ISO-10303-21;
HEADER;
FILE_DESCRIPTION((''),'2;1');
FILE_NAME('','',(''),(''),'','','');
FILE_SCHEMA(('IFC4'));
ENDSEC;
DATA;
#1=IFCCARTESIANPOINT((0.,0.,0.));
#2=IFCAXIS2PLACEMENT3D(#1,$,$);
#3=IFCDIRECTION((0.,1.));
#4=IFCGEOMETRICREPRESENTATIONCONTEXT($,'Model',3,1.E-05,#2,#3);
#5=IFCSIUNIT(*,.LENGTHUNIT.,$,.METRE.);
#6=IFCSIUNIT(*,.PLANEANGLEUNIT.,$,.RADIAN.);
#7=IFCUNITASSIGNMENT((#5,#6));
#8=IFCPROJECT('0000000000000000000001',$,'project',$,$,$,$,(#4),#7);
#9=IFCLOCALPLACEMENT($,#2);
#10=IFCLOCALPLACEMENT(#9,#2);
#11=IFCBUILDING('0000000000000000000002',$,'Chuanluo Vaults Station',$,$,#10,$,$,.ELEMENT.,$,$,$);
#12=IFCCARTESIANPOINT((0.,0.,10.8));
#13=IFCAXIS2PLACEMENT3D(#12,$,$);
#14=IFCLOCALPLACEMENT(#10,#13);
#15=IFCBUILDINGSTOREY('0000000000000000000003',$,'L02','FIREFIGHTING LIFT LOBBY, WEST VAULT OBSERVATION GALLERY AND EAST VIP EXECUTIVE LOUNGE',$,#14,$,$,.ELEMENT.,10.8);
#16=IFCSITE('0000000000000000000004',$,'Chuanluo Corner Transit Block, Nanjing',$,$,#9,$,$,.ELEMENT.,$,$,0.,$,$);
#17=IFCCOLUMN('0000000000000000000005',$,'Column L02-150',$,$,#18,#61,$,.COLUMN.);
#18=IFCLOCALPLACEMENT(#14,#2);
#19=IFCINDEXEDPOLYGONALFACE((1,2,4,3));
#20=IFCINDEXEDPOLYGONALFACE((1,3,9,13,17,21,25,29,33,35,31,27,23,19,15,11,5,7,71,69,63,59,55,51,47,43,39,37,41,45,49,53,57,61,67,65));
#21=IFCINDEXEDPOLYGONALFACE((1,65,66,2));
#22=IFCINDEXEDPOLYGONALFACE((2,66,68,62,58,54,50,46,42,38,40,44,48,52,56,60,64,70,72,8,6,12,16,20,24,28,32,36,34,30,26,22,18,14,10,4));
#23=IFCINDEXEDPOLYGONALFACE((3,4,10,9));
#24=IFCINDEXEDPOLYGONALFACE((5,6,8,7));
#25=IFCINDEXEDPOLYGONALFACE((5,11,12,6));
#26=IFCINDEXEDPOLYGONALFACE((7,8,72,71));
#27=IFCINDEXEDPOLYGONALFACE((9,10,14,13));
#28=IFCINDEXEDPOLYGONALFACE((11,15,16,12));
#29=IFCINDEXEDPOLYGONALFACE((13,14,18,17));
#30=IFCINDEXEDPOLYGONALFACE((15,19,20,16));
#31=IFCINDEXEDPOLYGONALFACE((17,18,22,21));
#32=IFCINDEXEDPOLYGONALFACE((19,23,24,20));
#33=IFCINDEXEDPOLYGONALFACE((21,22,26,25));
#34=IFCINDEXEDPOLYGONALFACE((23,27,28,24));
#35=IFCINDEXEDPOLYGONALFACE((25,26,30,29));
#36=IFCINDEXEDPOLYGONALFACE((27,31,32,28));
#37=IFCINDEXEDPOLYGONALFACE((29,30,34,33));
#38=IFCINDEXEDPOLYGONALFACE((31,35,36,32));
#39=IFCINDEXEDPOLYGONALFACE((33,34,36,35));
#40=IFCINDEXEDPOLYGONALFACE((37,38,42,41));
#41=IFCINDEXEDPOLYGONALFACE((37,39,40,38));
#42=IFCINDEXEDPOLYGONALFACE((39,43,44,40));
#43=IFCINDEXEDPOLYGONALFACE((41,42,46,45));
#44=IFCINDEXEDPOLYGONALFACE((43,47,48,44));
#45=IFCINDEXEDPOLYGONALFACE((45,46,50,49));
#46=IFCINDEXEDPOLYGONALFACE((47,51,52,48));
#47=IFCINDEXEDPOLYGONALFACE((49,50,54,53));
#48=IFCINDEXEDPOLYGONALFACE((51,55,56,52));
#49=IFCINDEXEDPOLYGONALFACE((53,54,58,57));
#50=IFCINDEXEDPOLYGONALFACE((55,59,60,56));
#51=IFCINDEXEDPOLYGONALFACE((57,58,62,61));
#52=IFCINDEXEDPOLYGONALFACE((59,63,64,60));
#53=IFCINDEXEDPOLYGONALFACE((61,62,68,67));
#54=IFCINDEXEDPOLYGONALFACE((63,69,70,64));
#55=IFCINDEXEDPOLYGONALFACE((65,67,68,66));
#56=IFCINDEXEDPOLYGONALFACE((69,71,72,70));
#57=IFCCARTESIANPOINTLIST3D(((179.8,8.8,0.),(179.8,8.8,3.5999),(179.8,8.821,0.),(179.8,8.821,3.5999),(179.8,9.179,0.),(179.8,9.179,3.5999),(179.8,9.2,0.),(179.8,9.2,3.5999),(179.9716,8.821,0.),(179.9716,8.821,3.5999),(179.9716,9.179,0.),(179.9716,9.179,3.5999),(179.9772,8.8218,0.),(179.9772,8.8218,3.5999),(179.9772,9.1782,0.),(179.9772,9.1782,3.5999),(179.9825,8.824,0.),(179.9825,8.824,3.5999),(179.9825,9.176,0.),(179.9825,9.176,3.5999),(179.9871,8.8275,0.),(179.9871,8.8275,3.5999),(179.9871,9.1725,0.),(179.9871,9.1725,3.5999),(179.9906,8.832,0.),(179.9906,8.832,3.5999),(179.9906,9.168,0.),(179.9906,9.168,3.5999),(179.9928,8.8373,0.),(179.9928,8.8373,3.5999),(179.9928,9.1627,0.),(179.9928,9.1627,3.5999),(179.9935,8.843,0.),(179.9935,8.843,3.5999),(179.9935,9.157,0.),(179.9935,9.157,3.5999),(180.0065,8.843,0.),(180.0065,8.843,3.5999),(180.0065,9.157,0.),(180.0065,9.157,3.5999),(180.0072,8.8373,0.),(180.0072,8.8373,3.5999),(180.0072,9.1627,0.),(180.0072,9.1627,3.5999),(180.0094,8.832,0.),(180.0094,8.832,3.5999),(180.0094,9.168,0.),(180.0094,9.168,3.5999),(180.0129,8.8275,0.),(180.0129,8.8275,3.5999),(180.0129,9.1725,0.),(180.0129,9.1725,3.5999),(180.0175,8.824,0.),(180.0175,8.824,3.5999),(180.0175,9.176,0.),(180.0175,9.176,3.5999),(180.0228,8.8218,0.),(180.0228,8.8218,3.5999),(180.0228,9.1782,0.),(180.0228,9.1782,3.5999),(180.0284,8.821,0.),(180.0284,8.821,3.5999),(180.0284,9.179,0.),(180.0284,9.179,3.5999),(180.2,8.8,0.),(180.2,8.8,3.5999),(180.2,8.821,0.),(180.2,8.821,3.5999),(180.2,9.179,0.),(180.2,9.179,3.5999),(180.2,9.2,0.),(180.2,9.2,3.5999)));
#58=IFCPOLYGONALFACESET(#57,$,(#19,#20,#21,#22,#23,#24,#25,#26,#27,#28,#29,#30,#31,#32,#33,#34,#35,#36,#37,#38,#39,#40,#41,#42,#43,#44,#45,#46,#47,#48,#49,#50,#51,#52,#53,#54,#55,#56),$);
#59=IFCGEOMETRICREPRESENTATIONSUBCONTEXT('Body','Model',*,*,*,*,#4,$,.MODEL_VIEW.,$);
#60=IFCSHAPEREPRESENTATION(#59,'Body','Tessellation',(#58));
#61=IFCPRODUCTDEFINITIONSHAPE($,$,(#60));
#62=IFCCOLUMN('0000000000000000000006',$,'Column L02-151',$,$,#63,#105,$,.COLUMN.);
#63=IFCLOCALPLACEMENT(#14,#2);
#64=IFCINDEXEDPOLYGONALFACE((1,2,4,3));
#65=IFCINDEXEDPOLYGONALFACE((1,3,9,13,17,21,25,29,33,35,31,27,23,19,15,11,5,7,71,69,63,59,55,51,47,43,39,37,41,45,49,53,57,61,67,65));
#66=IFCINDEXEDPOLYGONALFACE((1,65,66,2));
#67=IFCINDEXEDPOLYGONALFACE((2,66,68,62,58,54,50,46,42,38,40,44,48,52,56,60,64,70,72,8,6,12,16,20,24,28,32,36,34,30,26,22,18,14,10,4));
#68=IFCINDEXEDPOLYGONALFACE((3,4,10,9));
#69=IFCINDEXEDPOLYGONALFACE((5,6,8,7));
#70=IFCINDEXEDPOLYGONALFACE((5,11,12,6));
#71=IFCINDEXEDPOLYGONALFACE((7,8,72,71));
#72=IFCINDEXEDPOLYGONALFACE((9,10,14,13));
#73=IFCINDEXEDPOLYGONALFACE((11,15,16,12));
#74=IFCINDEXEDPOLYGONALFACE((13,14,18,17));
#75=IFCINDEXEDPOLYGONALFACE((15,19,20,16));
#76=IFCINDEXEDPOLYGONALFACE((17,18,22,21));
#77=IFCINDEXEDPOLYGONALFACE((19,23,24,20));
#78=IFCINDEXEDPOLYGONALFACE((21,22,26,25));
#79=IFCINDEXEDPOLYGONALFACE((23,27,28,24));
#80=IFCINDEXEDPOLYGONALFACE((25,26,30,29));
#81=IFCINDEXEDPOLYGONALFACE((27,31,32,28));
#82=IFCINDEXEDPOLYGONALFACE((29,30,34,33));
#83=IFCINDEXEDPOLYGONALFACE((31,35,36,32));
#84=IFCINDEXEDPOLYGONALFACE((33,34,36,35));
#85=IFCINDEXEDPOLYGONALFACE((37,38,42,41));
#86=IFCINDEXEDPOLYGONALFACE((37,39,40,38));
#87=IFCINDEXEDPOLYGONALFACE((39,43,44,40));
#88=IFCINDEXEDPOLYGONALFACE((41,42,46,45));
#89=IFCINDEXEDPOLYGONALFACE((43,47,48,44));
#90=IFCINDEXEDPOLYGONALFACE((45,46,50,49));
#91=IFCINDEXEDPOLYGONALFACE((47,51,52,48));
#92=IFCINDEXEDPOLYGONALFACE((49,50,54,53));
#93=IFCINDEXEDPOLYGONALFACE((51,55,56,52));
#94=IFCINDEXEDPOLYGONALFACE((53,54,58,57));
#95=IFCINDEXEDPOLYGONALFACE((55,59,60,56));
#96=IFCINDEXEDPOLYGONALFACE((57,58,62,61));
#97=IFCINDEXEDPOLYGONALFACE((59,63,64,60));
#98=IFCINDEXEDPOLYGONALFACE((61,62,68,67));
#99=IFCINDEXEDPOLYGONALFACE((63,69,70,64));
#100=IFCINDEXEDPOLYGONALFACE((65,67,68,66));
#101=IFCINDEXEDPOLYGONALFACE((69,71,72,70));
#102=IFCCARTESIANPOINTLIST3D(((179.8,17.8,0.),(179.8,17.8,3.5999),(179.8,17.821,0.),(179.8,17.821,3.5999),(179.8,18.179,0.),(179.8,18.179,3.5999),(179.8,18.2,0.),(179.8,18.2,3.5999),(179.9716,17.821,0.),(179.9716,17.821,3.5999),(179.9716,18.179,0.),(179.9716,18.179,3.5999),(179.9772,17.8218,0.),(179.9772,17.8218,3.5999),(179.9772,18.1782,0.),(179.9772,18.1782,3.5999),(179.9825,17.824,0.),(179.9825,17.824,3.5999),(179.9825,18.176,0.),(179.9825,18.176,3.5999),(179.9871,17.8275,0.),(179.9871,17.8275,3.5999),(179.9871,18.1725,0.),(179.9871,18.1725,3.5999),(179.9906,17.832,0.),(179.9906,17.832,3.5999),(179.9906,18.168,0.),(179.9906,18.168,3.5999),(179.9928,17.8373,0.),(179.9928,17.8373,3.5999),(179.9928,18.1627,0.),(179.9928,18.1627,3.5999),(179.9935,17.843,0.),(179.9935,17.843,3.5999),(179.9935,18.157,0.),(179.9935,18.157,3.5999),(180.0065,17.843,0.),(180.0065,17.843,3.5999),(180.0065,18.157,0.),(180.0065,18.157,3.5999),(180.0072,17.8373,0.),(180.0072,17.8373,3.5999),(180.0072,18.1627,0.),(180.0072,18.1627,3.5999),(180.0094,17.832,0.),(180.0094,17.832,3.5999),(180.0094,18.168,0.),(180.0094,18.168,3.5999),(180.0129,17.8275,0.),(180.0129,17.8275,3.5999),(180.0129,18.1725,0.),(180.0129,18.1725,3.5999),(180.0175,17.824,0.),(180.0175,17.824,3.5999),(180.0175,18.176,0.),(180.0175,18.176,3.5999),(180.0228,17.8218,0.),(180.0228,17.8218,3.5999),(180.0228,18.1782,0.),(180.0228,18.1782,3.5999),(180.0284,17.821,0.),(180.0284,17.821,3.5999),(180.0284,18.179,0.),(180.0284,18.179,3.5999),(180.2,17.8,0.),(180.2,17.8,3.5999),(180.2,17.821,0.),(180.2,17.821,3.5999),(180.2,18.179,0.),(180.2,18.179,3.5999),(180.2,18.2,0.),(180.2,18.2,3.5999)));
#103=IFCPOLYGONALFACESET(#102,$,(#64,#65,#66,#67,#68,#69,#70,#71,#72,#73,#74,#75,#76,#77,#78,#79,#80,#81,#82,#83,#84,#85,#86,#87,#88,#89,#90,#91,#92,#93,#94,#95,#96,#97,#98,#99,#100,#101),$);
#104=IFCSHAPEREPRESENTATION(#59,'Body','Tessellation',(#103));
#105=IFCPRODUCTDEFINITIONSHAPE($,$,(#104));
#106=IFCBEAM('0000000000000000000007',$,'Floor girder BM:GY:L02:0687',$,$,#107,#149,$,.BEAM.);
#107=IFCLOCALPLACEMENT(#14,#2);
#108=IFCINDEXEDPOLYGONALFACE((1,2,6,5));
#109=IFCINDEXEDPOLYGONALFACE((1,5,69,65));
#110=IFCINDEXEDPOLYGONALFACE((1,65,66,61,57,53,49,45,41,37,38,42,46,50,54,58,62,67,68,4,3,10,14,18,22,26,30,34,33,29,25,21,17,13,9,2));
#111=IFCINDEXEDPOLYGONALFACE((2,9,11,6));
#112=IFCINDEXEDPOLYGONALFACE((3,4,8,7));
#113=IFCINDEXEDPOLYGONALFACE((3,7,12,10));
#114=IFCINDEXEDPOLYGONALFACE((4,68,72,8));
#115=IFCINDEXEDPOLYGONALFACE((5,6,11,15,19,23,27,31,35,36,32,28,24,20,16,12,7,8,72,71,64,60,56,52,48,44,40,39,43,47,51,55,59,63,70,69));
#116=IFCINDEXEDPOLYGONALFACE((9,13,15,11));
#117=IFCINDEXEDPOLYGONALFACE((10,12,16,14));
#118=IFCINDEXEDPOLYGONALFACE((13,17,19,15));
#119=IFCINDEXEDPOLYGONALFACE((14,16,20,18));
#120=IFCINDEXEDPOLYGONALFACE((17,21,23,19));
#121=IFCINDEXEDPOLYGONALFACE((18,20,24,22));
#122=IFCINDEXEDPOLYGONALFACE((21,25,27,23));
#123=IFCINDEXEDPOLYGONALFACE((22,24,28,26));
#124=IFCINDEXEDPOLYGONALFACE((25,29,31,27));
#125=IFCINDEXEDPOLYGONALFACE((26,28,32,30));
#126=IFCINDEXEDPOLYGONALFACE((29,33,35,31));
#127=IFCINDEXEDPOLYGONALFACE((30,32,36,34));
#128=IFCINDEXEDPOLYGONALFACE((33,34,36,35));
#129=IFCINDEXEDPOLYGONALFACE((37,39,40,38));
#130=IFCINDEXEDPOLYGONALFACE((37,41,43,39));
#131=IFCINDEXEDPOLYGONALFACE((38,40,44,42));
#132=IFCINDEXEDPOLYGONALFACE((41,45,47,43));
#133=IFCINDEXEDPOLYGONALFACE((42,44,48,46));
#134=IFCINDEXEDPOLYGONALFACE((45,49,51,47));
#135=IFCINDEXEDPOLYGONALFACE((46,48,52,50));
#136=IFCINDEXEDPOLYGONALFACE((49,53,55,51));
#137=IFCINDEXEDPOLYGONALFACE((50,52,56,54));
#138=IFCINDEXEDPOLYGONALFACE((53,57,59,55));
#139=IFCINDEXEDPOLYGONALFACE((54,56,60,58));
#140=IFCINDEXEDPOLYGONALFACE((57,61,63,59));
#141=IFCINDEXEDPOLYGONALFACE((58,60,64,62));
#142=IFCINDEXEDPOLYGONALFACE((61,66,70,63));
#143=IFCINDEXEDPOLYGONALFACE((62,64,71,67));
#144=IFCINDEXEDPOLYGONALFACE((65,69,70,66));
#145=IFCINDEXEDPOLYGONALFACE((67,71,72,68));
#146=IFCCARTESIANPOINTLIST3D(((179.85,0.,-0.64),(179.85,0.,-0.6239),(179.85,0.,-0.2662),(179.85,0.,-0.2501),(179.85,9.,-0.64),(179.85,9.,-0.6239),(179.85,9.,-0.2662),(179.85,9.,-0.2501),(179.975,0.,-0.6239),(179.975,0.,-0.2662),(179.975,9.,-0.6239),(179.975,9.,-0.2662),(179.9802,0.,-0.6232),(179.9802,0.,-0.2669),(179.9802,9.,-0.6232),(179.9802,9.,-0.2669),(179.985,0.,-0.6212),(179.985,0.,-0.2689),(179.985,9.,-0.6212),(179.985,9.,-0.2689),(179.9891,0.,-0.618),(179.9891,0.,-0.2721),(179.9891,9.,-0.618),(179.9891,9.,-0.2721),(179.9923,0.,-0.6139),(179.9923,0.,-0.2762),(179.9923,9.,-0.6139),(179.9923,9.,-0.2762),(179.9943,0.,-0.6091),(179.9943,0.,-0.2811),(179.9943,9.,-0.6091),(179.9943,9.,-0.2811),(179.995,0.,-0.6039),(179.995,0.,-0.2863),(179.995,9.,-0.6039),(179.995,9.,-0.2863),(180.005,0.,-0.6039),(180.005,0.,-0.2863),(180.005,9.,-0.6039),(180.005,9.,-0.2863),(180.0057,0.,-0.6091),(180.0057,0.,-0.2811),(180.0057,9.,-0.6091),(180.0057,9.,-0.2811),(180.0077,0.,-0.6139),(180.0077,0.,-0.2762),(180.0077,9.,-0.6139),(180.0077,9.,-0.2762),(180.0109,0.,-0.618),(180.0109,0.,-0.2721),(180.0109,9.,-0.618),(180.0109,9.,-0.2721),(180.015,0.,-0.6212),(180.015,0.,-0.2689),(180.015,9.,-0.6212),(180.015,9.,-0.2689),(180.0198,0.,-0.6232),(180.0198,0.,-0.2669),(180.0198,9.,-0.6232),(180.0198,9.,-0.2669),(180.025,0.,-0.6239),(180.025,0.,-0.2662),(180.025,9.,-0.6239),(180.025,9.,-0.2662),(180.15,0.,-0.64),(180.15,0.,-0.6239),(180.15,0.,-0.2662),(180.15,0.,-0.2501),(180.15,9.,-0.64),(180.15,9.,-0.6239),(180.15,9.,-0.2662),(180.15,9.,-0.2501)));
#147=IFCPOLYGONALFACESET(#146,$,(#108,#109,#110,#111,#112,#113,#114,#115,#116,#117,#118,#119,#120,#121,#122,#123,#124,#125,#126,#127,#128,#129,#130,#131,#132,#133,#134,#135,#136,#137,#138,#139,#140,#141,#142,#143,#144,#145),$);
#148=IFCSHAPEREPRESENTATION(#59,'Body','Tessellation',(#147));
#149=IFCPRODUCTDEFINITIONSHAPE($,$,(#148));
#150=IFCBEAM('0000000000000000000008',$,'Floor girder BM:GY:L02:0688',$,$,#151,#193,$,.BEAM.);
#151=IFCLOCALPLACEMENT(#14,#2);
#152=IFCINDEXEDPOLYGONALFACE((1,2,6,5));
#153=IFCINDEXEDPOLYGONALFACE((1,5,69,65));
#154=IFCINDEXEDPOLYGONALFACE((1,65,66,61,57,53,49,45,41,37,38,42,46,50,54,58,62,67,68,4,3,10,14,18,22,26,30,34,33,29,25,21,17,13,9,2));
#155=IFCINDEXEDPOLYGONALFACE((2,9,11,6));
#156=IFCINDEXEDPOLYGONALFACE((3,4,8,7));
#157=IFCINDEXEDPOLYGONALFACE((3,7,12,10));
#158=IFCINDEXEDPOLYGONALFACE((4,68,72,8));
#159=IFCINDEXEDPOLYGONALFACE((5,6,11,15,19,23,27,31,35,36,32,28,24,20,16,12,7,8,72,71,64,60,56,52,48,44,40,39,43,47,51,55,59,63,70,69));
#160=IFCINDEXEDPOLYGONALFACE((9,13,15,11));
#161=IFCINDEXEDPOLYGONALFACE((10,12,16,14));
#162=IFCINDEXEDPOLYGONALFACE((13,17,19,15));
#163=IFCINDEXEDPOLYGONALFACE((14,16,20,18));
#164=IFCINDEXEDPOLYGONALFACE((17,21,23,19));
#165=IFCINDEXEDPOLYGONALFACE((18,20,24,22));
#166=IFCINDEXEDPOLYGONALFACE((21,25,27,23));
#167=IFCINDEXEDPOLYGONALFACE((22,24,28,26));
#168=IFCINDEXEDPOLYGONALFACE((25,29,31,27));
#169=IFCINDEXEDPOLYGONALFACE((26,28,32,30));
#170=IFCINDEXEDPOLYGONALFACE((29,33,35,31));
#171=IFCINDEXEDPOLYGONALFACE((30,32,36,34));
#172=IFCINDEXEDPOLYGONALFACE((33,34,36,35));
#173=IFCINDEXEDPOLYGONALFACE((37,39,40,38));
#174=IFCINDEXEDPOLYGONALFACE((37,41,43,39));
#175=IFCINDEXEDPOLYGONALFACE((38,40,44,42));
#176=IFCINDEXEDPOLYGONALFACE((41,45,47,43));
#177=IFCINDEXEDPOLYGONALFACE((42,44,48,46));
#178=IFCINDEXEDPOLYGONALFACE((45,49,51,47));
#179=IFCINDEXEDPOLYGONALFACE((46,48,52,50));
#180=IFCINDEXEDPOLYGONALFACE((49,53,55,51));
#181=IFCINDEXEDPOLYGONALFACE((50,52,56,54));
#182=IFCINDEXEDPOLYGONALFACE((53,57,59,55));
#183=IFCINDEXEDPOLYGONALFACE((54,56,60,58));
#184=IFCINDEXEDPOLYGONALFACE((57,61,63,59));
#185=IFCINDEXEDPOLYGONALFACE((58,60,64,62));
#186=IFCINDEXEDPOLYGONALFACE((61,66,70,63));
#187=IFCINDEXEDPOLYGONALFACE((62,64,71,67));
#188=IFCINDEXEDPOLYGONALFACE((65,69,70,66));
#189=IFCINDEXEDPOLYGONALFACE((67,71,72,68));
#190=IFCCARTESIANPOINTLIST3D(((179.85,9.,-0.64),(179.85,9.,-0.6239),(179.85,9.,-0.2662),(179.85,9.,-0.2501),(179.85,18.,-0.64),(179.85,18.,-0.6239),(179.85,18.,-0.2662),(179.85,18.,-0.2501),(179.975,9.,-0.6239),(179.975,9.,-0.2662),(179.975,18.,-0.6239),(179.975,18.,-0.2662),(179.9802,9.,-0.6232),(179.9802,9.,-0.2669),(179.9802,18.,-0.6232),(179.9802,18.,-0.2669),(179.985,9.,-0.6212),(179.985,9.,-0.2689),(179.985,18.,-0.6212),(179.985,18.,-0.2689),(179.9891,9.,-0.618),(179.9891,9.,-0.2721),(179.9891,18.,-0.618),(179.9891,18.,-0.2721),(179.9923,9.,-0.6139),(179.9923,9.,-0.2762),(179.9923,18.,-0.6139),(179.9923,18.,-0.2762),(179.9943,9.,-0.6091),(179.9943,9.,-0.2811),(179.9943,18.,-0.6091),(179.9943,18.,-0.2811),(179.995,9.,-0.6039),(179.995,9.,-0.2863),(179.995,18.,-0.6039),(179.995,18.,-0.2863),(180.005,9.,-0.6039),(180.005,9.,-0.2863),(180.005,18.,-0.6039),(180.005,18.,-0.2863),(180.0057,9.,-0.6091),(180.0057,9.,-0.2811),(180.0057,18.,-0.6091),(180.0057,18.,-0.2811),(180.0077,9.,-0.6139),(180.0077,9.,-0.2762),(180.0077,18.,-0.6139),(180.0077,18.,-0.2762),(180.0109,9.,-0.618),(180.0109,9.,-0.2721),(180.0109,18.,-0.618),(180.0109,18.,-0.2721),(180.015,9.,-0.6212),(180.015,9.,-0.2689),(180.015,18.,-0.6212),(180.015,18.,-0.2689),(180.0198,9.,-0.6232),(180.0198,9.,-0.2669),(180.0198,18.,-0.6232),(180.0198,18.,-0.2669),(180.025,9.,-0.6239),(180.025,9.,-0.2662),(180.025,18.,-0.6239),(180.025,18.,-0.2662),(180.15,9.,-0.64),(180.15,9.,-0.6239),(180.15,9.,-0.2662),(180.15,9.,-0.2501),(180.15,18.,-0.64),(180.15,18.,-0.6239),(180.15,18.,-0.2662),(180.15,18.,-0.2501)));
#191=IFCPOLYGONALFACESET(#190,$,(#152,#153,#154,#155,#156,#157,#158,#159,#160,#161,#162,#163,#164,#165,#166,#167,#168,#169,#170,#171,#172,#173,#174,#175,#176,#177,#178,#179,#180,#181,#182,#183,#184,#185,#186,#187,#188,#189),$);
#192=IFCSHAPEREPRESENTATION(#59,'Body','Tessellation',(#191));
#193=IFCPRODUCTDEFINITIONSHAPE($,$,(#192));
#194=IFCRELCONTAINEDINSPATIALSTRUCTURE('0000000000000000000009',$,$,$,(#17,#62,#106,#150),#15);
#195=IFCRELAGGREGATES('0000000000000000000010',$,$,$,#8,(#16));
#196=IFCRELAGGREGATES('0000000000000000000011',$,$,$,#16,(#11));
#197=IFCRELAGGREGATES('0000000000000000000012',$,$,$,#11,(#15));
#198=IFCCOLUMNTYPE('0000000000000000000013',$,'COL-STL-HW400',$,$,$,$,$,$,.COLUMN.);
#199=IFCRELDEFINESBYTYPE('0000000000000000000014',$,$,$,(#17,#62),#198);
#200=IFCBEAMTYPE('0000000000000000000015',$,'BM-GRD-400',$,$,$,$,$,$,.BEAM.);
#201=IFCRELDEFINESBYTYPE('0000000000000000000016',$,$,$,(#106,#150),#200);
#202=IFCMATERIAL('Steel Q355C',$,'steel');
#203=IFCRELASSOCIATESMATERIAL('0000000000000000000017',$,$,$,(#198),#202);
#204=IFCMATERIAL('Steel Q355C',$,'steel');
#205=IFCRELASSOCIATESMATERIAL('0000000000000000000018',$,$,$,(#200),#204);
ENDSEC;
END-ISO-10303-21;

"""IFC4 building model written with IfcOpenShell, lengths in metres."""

from ifc_helpers import new_model, si_unit, direction, frame, origin, origin_2d, place, context, subcontext, project, spatial, i_section, extrude, material, material_profile, profile_set, type_object, element, save


model = new_model("IFC4")

# Units and contexts
model_context = context("Model", 3, precision=1e-05, world=origin(), true_north=direction((0.0, 1.0)))
body_context = subcontext(model_context, "Body", "Model", "MODEL_VIEW")
ifc_project = project(units=[si_unit("LENGTHUNIT", "METRE"), si_unit("PLANEANGLEUNIT", "RADIAN")], contexts=[model_context])

# Site, building, storey
site_placement = place(None, origin())
site = spatial("IfcSite", under=ifc_project, at=site_placement, Name="Chuanluo Corner Transit Block, Nanjing", CompositionType="ELEMENT", RefElevation=0.0)
building_placement = place(site_placement, origin())
building = spatial("IfcBuilding", under=site, at=building_placement, Name="Chuanluo Vaults Station", CompositionType="ELEMENT")
storey_placement = place(building_placement, frame((0.0, 0.0, 10.8)))
storey = spatial("IfcBuildingStorey", under=building, at=storey_placement, Name="L02", Description="FIREFIGHTING LIFT LOBBY, WEST VAULT OBSERVATION GALLERY AND EAST VIP EXECUTIVE LOUNGE", CompositionType="ELEMENT", Elevation=10.8)

# Columns
ifc_material_1 = material(Name="Steel Q355C", Category="steel")
ifc_material_profile_1 = material_profile(ifc_material_1, i_section(OverallWidth=0.3999, OverallDepth=0.3999, WebThickness=0.0129, FlangeThickness=0.021, FilletRadius=0.022, at=origin_2d()))
ifc_profile_set_1 = profile_set([ifc_material_profile_1], Name="Steel Q355C")
column_type = type_object("IfcColumnType", Name="COL-STL-HW400", PredefinedType="COLUMN", material=ifc_profile_set_1)
for number, where, z_axis, x_axis, name in (
    (1, (180.0, 9.0, 0.0), (0.0, 0.0, 1.0), (1.0, 0.0, 0.0), "Column L02-150"),
    (2, (180.0, 18.0, 0.0), (0.0, 0.0, 1.0), (1.0, 0.0, 0.0), "Column L02-151"),
):
    element("IfcColumn", number, at=place(storey_placement, frame(where, z_axis=z_axis, x_axis=x_axis)), inside=storey, type_object=column_type, Name=name, PredefinedType="COLUMN", context=body_context, shape_type="SweptSolid", body=[
        extrude(i_section(OverallWidth=0.3999, OverallDepth=0.3999, WebThickness=0.0129, FlangeThickness=0.021, FilletRadius=0.022, at=origin_2d()), origin(), (0.0, 0.0, 1.0), 3.5999),
    ])

# Beams
ifc_material_2 = material(Name="Steel Q355C", Category="steel")
ifc_material_profile_2 = material_profile(ifc_material_2, i_section(OverallWidth=0.3, OverallDepth=0.3899, WebThickness=0.01, FlangeThickness=0.0161, FilletRadius=0.02, at=origin_2d()))
ifc_profile_set_2 = profile_set([ifc_material_profile_2], Name="Steel Q355C")
beam_type_1 = type_object("IfcBeamType", Name="BM-GRD-400", PredefinedType="BEAM", material=ifc_profile_set_2)
for number, where, z_axis, x_axis, name in (
    (3, (180.0, 0.0, -0.4451), (0.0, 1.0, 0.0), (-1.0, 0.0, 0.0), "Floor girder BM:GY:L02:0687"),
    (4, (180.0, 9.0, -0.4451), (0.0, 1.0, 0.0), (-1.0, 0.0, 0.0), "Floor girder BM:GY:L02:0688"),
):
    element("IfcBeam", number, at=place(storey_placement, frame(where, z_axis=z_axis, x_axis=x_axis)), inside=storey, type_object=beam_type_1, Name=name, PredefinedType="BEAM", context=body_context, shape_type="SweptSolid", body=[
        extrude(i_section(OverallWidth=0.3, OverallDepth=0.3899, WebThickness=0.01, FlangeThickness=0.0161, FilletRadius=0.02, at=origin_2d()), origin(), (0.0, 0.0, 1.0), 9.0),
    ])

save(model, "model.ifc")
